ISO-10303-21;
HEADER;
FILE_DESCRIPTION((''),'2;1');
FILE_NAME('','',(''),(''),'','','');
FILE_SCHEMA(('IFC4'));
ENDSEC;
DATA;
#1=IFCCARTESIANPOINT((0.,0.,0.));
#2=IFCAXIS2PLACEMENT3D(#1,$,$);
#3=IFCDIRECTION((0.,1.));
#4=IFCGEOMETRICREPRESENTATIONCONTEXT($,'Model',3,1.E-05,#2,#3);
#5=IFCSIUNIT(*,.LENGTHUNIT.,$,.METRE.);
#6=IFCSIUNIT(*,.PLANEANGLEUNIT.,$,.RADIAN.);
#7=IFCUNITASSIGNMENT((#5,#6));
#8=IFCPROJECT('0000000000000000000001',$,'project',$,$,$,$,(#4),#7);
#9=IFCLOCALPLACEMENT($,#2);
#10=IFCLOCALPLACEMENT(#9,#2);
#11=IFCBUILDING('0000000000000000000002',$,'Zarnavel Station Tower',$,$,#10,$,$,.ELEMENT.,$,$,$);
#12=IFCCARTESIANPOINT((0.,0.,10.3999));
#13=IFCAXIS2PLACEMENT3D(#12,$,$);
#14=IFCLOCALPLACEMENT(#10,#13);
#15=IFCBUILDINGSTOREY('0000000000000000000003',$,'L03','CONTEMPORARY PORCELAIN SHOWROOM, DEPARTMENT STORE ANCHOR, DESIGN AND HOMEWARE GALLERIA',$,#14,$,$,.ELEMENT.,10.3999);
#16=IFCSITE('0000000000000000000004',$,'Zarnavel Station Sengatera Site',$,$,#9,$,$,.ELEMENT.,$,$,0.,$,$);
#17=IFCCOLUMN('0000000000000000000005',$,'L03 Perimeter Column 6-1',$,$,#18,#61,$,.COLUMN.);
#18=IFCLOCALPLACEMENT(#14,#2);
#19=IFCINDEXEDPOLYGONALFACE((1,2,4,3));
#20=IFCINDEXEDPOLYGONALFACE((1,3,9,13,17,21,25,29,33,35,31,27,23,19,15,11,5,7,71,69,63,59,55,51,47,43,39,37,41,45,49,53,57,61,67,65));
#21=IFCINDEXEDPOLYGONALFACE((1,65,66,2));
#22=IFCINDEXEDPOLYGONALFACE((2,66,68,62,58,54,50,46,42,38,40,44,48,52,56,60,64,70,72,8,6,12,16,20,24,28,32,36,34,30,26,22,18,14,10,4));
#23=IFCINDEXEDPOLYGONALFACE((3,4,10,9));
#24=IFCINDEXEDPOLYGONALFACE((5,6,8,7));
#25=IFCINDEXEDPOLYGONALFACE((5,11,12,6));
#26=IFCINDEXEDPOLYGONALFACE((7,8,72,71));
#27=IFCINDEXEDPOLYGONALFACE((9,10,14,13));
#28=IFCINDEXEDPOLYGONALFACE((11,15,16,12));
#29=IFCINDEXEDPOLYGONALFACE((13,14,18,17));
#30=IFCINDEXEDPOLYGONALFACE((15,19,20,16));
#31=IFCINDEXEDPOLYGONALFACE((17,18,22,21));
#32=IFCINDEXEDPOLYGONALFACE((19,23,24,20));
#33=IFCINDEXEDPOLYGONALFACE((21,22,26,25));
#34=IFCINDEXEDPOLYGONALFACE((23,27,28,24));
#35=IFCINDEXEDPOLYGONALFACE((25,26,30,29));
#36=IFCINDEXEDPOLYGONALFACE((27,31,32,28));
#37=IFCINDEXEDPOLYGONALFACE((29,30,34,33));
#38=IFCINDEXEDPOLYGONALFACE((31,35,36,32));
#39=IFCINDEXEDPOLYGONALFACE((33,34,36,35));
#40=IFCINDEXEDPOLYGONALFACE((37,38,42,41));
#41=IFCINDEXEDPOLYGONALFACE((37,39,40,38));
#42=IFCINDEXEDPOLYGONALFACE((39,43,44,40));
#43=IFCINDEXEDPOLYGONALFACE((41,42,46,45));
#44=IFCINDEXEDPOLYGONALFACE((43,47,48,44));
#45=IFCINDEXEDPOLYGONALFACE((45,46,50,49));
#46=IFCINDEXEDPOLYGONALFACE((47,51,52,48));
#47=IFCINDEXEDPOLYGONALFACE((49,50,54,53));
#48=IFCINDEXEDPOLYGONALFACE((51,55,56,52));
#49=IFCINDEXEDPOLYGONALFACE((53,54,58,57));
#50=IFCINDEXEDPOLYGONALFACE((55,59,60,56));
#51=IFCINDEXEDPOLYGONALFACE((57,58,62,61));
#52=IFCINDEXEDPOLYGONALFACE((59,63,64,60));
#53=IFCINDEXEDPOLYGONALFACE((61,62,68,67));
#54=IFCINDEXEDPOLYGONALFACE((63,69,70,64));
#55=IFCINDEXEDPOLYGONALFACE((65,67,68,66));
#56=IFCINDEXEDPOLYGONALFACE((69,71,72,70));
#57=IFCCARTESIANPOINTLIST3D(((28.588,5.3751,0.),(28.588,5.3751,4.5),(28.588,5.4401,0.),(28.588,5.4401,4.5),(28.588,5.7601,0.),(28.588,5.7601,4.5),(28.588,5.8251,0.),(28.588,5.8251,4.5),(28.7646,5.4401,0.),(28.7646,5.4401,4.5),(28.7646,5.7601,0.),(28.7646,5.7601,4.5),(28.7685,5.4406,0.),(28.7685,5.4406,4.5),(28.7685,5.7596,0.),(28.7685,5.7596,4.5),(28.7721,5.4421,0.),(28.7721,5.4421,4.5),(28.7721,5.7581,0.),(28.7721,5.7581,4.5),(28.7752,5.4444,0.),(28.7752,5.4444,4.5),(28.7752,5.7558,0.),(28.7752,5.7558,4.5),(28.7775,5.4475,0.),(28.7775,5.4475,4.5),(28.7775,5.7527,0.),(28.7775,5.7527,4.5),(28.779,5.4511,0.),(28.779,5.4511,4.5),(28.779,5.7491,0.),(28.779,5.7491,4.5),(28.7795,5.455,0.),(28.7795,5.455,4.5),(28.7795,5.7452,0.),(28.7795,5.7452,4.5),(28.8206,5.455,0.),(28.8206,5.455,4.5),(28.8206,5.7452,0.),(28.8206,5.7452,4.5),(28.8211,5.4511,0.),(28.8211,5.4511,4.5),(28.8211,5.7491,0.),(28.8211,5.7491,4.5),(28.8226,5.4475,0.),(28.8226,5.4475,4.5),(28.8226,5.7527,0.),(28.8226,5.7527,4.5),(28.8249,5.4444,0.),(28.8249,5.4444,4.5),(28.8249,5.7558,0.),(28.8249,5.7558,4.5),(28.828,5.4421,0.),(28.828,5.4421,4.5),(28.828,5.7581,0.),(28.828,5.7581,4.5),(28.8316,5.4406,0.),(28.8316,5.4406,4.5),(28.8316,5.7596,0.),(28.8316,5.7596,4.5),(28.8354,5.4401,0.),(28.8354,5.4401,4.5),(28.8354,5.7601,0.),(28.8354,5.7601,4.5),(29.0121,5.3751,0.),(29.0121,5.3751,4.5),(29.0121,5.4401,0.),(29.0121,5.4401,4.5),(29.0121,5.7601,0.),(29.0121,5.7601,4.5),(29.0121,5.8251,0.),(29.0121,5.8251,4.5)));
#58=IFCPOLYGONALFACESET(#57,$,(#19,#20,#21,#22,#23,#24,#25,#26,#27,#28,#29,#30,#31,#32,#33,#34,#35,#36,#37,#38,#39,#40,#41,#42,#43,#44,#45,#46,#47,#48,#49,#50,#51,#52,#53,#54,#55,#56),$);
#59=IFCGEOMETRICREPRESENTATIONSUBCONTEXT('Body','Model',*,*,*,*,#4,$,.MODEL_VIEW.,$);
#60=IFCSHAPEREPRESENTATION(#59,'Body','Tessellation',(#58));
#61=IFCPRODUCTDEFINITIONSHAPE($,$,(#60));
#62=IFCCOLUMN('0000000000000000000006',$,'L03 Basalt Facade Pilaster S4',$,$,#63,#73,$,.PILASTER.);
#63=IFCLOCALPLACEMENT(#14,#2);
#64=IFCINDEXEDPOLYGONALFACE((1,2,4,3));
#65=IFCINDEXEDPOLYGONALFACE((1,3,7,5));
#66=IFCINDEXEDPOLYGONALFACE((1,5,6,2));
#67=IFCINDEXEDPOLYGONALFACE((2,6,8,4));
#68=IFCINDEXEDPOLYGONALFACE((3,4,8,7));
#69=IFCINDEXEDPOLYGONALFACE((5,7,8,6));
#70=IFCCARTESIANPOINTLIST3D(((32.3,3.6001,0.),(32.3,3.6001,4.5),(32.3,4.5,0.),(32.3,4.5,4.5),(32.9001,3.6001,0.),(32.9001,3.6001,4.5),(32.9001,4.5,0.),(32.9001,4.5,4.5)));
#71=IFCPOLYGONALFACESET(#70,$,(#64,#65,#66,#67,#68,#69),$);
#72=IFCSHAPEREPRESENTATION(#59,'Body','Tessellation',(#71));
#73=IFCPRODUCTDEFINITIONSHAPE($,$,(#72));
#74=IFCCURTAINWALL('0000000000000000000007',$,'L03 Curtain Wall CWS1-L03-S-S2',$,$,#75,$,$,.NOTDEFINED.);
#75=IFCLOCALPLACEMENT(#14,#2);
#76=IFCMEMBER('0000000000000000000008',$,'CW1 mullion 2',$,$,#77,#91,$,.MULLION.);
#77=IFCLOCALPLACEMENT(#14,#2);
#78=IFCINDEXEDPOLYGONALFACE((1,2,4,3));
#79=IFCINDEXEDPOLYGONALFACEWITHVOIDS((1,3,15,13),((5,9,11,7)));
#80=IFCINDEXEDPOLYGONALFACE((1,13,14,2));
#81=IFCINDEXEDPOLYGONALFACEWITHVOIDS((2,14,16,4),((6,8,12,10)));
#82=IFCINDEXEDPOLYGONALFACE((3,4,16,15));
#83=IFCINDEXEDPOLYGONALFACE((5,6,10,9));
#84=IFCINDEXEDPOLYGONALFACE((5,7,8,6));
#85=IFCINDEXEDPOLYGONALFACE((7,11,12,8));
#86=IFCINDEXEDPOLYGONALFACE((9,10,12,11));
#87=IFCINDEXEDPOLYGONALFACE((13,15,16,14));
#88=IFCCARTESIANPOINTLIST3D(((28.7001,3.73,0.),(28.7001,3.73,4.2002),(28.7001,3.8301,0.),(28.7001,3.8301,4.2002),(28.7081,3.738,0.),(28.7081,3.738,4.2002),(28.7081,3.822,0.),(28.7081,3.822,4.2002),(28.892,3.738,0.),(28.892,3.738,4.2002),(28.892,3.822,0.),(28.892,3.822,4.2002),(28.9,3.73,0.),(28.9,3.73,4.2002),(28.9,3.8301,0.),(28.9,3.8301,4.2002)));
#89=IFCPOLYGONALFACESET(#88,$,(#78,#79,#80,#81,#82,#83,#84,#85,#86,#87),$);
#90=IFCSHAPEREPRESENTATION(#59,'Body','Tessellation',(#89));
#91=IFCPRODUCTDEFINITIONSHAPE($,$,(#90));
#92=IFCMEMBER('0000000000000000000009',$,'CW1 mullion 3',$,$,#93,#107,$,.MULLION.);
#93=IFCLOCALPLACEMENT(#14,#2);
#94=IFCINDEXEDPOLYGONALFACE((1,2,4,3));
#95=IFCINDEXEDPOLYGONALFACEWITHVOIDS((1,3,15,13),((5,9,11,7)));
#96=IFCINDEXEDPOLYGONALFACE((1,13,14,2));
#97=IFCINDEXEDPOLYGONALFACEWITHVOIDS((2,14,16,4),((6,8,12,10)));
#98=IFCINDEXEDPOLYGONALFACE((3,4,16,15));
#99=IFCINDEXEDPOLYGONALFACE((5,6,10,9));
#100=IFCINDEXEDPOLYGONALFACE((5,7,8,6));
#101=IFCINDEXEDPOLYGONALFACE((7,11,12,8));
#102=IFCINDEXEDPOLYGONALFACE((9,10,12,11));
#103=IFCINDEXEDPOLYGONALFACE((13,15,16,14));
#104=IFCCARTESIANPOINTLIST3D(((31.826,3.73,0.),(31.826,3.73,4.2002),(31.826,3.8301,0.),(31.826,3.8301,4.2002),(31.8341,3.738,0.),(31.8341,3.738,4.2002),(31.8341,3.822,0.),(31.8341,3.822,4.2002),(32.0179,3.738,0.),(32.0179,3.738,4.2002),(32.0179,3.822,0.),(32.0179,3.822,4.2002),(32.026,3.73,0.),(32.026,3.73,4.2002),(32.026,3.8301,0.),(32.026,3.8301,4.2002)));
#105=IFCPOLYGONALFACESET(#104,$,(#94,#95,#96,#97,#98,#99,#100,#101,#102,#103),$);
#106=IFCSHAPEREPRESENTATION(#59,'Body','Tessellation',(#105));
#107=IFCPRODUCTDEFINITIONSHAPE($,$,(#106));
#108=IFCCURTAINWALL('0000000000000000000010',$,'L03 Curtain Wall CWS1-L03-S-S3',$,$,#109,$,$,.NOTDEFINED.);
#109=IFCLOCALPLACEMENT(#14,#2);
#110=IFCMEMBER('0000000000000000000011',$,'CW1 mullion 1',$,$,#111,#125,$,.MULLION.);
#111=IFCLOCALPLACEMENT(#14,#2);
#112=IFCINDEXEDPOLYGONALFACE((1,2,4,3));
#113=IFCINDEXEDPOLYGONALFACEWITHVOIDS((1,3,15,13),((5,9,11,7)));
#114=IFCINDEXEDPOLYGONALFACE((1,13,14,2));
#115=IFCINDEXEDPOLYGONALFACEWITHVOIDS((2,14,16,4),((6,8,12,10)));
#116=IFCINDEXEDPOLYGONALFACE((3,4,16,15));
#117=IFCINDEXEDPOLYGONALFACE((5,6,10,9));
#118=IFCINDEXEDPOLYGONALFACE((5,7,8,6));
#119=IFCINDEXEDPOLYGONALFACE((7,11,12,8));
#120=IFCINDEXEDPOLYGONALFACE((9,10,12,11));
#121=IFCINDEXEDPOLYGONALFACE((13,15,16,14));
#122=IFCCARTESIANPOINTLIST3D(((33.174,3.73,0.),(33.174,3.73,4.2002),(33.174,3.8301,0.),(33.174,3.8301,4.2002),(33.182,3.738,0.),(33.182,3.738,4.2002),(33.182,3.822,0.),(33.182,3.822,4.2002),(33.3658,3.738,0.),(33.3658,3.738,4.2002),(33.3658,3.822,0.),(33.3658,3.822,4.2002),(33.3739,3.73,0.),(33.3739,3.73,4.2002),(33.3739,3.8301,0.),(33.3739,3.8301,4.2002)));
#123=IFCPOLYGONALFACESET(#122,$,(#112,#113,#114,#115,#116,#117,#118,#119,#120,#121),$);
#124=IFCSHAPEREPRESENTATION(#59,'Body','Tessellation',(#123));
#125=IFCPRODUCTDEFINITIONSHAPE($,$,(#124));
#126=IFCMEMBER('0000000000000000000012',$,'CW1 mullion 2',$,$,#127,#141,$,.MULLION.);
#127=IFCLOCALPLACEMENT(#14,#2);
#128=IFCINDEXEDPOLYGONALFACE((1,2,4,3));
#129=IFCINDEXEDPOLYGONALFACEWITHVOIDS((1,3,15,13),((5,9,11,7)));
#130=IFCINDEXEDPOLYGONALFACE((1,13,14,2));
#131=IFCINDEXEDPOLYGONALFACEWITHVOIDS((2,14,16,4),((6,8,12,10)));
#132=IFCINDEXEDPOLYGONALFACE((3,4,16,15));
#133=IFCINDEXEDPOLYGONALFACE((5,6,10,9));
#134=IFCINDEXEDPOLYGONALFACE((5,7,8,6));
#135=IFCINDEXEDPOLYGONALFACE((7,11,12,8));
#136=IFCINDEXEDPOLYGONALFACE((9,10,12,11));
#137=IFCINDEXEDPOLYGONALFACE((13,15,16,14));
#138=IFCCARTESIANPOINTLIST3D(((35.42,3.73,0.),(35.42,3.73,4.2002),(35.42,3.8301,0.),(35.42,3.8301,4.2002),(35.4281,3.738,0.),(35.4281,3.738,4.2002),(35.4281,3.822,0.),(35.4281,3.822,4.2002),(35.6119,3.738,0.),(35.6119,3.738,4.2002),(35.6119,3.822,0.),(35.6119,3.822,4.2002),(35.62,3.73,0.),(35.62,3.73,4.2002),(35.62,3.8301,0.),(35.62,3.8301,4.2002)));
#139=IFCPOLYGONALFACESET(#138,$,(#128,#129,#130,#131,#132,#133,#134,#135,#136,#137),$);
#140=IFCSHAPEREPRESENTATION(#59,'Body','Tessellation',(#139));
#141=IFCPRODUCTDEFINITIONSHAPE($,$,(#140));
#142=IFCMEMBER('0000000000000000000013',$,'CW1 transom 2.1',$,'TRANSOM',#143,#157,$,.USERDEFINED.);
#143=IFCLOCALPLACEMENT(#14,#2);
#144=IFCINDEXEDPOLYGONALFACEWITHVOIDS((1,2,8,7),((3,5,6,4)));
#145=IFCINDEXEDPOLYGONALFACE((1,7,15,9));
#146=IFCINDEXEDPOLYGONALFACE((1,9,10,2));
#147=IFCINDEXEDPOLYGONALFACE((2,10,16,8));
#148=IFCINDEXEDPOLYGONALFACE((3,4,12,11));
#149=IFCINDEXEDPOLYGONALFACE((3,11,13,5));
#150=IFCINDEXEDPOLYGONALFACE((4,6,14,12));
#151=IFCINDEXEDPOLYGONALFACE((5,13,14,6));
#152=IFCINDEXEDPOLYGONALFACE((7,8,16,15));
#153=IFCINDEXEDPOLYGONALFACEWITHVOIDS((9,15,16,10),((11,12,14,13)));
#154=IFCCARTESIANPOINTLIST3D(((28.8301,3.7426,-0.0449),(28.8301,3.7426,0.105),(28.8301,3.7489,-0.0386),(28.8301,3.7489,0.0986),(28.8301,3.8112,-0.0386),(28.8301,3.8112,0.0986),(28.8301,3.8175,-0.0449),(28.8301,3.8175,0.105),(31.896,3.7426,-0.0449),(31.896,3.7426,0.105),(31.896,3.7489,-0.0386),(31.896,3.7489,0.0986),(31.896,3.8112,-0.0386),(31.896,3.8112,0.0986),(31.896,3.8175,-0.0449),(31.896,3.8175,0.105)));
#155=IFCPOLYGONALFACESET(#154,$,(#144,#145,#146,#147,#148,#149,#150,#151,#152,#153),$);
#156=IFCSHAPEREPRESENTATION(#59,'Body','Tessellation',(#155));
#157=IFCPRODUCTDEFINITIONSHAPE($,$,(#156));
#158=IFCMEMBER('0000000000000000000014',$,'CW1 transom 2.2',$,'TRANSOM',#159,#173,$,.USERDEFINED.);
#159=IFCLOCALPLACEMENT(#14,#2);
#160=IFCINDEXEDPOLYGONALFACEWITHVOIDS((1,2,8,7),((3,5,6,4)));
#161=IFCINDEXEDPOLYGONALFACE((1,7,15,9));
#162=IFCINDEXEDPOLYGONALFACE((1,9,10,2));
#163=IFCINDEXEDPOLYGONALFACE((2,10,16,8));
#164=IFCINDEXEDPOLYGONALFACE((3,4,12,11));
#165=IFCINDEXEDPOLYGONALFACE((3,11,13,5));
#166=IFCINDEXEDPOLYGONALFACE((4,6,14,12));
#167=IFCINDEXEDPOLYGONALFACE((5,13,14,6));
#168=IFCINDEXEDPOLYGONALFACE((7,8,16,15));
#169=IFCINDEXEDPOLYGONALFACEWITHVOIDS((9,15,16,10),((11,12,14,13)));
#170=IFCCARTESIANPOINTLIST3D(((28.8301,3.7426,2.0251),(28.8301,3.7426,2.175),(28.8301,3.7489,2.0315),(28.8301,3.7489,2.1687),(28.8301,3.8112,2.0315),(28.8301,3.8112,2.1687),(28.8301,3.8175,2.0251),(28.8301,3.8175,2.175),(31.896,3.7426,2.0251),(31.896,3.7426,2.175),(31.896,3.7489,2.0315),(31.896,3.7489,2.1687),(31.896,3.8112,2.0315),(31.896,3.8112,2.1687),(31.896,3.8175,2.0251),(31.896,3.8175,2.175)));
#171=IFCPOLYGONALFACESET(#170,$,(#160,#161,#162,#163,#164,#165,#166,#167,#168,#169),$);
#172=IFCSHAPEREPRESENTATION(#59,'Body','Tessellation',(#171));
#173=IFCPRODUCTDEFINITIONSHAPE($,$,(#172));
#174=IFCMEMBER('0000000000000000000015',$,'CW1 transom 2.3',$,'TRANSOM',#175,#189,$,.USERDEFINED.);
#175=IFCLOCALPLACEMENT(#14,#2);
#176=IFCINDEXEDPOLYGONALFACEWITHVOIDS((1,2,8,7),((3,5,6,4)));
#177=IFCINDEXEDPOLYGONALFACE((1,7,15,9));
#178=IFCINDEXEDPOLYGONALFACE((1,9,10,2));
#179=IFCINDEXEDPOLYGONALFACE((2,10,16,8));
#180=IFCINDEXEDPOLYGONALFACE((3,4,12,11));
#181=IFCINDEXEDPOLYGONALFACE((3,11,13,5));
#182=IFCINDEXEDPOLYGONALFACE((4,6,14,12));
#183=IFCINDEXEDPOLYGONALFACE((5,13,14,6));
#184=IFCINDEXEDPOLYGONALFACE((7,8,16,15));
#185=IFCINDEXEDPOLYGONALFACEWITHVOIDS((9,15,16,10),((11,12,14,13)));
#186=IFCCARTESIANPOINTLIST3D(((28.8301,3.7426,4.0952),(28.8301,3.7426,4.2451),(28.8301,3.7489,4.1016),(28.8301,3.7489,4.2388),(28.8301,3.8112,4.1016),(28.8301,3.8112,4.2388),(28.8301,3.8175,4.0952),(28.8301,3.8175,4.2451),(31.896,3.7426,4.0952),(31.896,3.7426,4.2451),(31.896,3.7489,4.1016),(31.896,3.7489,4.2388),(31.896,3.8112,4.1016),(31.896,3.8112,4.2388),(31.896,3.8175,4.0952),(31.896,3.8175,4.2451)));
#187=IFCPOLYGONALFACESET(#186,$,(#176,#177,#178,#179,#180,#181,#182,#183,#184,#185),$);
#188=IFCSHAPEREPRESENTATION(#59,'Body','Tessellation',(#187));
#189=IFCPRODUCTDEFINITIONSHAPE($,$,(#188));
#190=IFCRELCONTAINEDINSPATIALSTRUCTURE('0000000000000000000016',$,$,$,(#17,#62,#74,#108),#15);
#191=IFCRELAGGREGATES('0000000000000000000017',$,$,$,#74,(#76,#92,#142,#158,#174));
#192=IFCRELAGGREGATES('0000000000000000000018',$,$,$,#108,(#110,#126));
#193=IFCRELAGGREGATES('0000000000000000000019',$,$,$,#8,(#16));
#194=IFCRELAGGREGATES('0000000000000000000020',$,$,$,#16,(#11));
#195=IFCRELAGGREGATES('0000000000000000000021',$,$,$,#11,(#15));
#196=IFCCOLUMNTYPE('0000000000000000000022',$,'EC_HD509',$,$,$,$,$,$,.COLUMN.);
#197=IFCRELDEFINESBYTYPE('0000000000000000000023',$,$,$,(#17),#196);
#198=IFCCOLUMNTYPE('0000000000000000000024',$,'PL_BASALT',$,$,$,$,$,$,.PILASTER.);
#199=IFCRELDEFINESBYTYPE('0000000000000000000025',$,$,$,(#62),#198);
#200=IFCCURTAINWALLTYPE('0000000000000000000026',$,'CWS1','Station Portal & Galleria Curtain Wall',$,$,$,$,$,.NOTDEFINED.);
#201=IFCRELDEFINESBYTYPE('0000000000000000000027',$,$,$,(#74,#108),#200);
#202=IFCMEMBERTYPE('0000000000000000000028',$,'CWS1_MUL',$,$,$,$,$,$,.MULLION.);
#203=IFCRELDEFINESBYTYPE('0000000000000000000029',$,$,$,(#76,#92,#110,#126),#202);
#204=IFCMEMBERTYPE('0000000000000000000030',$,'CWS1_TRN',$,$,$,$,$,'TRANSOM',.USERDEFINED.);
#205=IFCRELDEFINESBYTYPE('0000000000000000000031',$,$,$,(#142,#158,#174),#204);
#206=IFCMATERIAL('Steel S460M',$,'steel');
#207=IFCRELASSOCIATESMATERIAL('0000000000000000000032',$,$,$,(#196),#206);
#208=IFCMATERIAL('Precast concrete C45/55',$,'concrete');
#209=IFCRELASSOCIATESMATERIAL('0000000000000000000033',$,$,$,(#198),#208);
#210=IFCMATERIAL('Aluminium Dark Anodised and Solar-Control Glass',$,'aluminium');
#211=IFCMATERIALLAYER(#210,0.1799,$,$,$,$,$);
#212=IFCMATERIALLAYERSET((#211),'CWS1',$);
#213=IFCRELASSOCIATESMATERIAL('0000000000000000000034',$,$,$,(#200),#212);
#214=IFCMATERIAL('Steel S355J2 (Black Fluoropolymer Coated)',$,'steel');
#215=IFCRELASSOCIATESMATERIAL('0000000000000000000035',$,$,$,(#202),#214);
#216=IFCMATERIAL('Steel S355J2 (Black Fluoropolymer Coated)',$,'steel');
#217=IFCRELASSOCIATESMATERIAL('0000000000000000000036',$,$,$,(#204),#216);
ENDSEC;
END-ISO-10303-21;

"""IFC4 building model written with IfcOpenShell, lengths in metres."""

from ifc_helpers import new_model, si_unit, direction, frame, origin, origin_2d, place, context, subcontext, project, spatial, rectangle, hollow_rectangle, i_section, extrude, material, layer, layer_set, material_profile, profile_set, type_object, element, aggregate, save


model = new_model("IFC4")

# Units and contexts
model_context = context("Model", 3, precision=1e-05, world=origin(), true_north=direction((0.0, 1.0)))
body_context = subcontext(model_context, "Body", "Model", "MODEL_VIEW")
ifc_project = project(units=[si_unit("LENGTHUNIT", "METRE"), si_unit("PLANEANGLEUNIT", "RADIAN")], contexts=[model_context])

# Site, building, storey
site_placement = place(None, origin())
site = spatial("IfcSite", under=ifc_project, at=site_placement, Name="Zarnavel Station Sengatera Site", CompositionType="ELEMENT", RefElevation=0.0)
building_placement = place(site_placement, origin())
building = spatial("IfcBuilding", under=site, at=building_placement, Name="Zarnavel Station Tower", CompositionType="ELEMENT")
storey_placement = place(building_placement, frame((0.0, 0.0, 10.3999)))
storey = spatial("IfcBuildingStorey", under=building, at=storey_placement, Name="L03", Description="CONTEMPORARY PORCELAIN SHOWROOM, DEPARTMENT STORE ANCHOR, DESIGN AND HOMEWARE GALLERIA", CompositionType="ELEMENT", Elevation=10.3999)

# Columns
ifc_material_1 = material(Name="Steel S460M", Category="steel")
ifc_material_profile_1 = material_profile(ifc_material_1, i_section(OverallWidth=0.4241, OverallDepth=0.45, WebThickness=0.041, FlangeThickness=0.0649, FilletRadius=0.0149, at=origin_2d()), Name="HD400x509")
ifc_profile_set_1 = profile_set([ifc_material_profile_1], Name="Steel S460M")
column_type_1 = type_object("IfcColumnType", Name="EC_HD509", PredefinedType="COLUMN", material=ifc_profile_set_1)
column_1_placement = place(storey_placement, frame((28.8, 5.6001, 0.0), z_axis=(0.0, 0.0, 1.0), x_axis=(1.0, 0.0, 0.0)))
element("IfcColumn", 1, at=column_1_placement, inside=storey, type_object=column_type_1, Name="L03 Perimeter Column 6-1", PredefinedType="COLUMN", context=body_context, shape_type="SweptSolid", body=[
    extrude(i_section(OverallWidth=0.4241, OverallDepth=0.45, WebThickness=0.041, FlangeThickness=0.0649, FilletRadius=0.0149, at=origin_2d()), origin(), (0.0, 0.0, 1.0), 4.5),
])
ifc_material_2 = material(Name="Precast concrete C45/55", Category="concrete")
ifc_material_profile_2 = material_profile(ifc_material_2, rectangle(XDim=0.6001, YDim=0.8999, at=origin_2d()), Name="RC600x900")
ifc_profile_set_2 = profile_set([ifc_material_profile_2], Name="Precast concrete C45/55")
column_type_2 = type_object("IfcColumnType", Name="PL_BASALT", PredefinedType="PILASTER", material=ifc_profile_set_2)
column_2_placement = place(storey_placement, frame((32.6001, 4.05, 0.0), z_axis=(0.0, 0.0, 1.0), x_axis=(1.0, 0.0, 0.0)))
element("IfcColumn", 2, at=column_2_placement, inside=storey, type_object=column_type_2, Name="L03 Basalt Facade Pilaster S4", PredefinedType="PILASTER", context=body_context, shape_type="SweptSolid", body=[
    extrude(rectangle(XDim=0.6001, YDim=0.8999, at=origin_2d()), origin(), (0.0, 0.0, 1.0), 4.5),
])

# Curtain walls, members
ifc_material_3 = material(Name="Aluminium Dark Anodised and Solar-Control Glass", Category="aluminium")
ifc_layer_1 = layer(ifc_material_3, 0.1799)
ifc_layer_set_1 = layer_set([ifc_layer_1], Name="CWS1")
curtain_wall_type = type_object("IfcCurtainWallType", Name="CWS1", Description="Station Portal & Galleria Curtain Wall", PredefinedType="NOTDEFINED", material=ifc_layer_set_1)
curtain_wall_1_placement = place(storey_placement, origin())
curtain_wall_1 = element("IfcCurtainWall", 3, at=curtain_wall_1_placement, inside=storey, type_object=curtain_wall_type, Name="L03 Curtain Wall CWS1-L03-S-S2", PredefinedType="NOTDEFINED")
ifc_material_4 = material(Name="Steel S355J2 (Black Fluoropolymer Coated)", Category="steel")
ifc_material_profile_3 = material_profile(ifc_material_4, hollow_rectangle(XDim=0.1001, YDim=0.2, WallThickness=0.0081, at=origin_2d()), Name="RHS200x100x8")
ifc_profile_set_3 = profile_set([ifc_material_profile_3], Name="Steel S355J2 (Black Fluoropolymer Coated)")
member_type_1 = type_object("IfcMemberType", Name="CWS1_MUL", PredefinedType="MULLION", material=ifc_profile_set_3)
member_1_placement = place(storey_placement, frame((28.8, 3.78, 0.0), z_axis=(0.0, 0.0, 1.0), x_axis=(0.0, 1.0, 0.0)))
member_1 = element("IfcMember", 4, at=member_1_placement, type_object=member_type_1, Name="CW1 mullion 2", PredefinedType="MULLION", context=body_context, shape_type="SweptSolid", body=[
    extrude(hollow_rectangle(XDim=0.1001, YDim=0.2, WallThickness=0.0081, at=origin_2d()), origin(), (0.0, 0.0, 1.0), 4.2002),
])
member_2_placement = place(storey_placement, frame((31.926, 3.78, 0.0), z_axis=(0.0, 0.0, 1.0), x_axis=(0.0, 1.0, 0.0)))
member_2 = element("IfcMember", 5, at=member_2_placement, type_object=member_type_1, Name="CW1 mullion 3", PredefinedType="MULLION", context=body_context, shape_type="SweptSolid", body=[
    extrude(hollow_rectangle(XDim=0.1001, YDim=0.2, WallThickness=0.0081, at=origin_2d()), origin(), (0.0, 0.0, 1.0), 4.2002),
])
curtain_wall_2_placement = place(storey_placement, origin())
curtain_wall_2 = element("IfcCurtainWall", 6, at=curtain_wall_2_placement, inside=storey, type_object=curtain_wall_type, Name="L03 Curtain Wall CWS1-L03-S-S3", PredefinedType="NOTDEFINED")
member_3_placement = place(storey_placement, frame((33.2739, 3.78, 0.0), z_axis=(0.0, 0.0, 1.0), x_axis=(0.0, 1.0, 0.0)))
member_3 = element("IfcMember", 7, at=member_3_placement, type_object=member_type_1, Name="CW1 mullion 1", PredefinedType="MULLION", context=body_context, shape_type="SweptSolid", body=[
    extrude(hollow_rectangle(XDim=0.1001, YDim=0.2, WallThickness=0.0081, at=origin_2d()), origin(), (0.0, 0.0, 1.0), 4.2002),
])
member_4_placement = place(storey_placement, frame((35.52, 3.78, 0.0), z_axis=(0.0, 0.0, 1.0), x_axis=(0.0, 1.0, 0.0)))
member_4 = element("IfcMember", 8, at=member_4_placement, type_object=member_type_1, Name="CW1 mullion 2", PredefinedType="MULLION", context=body_context, shape_type="SweptSolid", body=[
    extrude(hollow_rectangle(XDim=0.1001, YDim=0.2, WallThickness=0.0081, at=origin_2d()), origin(), (0.0, 0.0, 1.0), 4.2002),
])

# Members
ifc_material_5 = material(Name="Steel S355J2 (Black Fluoropolymer Coated)", Category="steel")
ifc_material_profile_4 = material_profile(ifc_material_5, hollow_rectangle(XDim=0.075, YDim=0.1499, WallThickness=0.0063, at=origin_2d()), Name="RHS150x75x6.3")
ifc_profile_set_4 = profile_set([ifc_material_profile_4], Name="Steel S355J2 (Black Fluoropolymer Coated)")
member_type_2 = type_object("IfcMemberType", Name="CWS1_TRN", ElementType="TRANSOM", PredefinedType="USERDEFINED", material=ifc_profile_set_4)
member_5_placement = place(storey_placement, frame((28.8301, 3.78, 0.03), z_axis=(1.0, 0.0, 0.0), x_axis=(0.0, 1.0, 0.0)))
member_5 = element("IfcMember", 9, at=member_5_placement, type_object=member_type_2, Name="CW1 transom 2.1", ObjectType="TRANSOM", PredefinedType="USERDEFINED", context=body_context, shape_type="SweptSolid", body=[
    extrude(hollow_rectangle(XDim=0.075, YDim=0.1499, WallThickness=0.0063, at=origin_2d()), origin(), (0.0, 0.0, 1.0), 3.0659),
])
member_6_placement = place(storey_placement, frame((28.8301, 3.78, 2.1001), z_axis=(1.0, 0.0, 0.0), x_axis=(0.0, 1.0, 0.0)))
member_6 = element("IfcMember", 10, at=member_6_placement, type_object=member_type_2, Name="CW1 transom 2.2", ObjectType="TRANSOM", PredefinedType="USERDEFINED", context=body_context, shape_type="SweptSolid", body=[
    extrude(hollow_rectangle(XDim=0.075, YDim=0.1499, WallThickness=0.0063, at=origin_2d()), origin(), (0.0, 0.0, 1.0), 3.0659),
])
member_7_placement = place(storey_placement, frame((28.8301, 3.78, 4.1702), z_axis=(1.0, 0.0, 0.0), x_axis=(0.0, 1.0, 0.0)))
member_7 = element("IfcMember", 11, at=member_7_placement, type_object=member_type_2, Name="CW1 transom 2.3", ObjectType="TRANSOM", PredefinedType="USERDEFINED", context=body_context, shape_type="SweptSolid", body=[
    extrude(hollow_rectangle(XDim=0.075, YDim=0.1499, WallThickness=0.0063, at=origin_2d()), origin(), (0.0, 0.0, 1.0), 3.0659),
])

aggregate(curtain_wall_1, [member_1, member_2, member_5, member_6, member_7])
aggregate(curtain_wall_2, [member_3, member_4])

save(model, "model.ifc")
